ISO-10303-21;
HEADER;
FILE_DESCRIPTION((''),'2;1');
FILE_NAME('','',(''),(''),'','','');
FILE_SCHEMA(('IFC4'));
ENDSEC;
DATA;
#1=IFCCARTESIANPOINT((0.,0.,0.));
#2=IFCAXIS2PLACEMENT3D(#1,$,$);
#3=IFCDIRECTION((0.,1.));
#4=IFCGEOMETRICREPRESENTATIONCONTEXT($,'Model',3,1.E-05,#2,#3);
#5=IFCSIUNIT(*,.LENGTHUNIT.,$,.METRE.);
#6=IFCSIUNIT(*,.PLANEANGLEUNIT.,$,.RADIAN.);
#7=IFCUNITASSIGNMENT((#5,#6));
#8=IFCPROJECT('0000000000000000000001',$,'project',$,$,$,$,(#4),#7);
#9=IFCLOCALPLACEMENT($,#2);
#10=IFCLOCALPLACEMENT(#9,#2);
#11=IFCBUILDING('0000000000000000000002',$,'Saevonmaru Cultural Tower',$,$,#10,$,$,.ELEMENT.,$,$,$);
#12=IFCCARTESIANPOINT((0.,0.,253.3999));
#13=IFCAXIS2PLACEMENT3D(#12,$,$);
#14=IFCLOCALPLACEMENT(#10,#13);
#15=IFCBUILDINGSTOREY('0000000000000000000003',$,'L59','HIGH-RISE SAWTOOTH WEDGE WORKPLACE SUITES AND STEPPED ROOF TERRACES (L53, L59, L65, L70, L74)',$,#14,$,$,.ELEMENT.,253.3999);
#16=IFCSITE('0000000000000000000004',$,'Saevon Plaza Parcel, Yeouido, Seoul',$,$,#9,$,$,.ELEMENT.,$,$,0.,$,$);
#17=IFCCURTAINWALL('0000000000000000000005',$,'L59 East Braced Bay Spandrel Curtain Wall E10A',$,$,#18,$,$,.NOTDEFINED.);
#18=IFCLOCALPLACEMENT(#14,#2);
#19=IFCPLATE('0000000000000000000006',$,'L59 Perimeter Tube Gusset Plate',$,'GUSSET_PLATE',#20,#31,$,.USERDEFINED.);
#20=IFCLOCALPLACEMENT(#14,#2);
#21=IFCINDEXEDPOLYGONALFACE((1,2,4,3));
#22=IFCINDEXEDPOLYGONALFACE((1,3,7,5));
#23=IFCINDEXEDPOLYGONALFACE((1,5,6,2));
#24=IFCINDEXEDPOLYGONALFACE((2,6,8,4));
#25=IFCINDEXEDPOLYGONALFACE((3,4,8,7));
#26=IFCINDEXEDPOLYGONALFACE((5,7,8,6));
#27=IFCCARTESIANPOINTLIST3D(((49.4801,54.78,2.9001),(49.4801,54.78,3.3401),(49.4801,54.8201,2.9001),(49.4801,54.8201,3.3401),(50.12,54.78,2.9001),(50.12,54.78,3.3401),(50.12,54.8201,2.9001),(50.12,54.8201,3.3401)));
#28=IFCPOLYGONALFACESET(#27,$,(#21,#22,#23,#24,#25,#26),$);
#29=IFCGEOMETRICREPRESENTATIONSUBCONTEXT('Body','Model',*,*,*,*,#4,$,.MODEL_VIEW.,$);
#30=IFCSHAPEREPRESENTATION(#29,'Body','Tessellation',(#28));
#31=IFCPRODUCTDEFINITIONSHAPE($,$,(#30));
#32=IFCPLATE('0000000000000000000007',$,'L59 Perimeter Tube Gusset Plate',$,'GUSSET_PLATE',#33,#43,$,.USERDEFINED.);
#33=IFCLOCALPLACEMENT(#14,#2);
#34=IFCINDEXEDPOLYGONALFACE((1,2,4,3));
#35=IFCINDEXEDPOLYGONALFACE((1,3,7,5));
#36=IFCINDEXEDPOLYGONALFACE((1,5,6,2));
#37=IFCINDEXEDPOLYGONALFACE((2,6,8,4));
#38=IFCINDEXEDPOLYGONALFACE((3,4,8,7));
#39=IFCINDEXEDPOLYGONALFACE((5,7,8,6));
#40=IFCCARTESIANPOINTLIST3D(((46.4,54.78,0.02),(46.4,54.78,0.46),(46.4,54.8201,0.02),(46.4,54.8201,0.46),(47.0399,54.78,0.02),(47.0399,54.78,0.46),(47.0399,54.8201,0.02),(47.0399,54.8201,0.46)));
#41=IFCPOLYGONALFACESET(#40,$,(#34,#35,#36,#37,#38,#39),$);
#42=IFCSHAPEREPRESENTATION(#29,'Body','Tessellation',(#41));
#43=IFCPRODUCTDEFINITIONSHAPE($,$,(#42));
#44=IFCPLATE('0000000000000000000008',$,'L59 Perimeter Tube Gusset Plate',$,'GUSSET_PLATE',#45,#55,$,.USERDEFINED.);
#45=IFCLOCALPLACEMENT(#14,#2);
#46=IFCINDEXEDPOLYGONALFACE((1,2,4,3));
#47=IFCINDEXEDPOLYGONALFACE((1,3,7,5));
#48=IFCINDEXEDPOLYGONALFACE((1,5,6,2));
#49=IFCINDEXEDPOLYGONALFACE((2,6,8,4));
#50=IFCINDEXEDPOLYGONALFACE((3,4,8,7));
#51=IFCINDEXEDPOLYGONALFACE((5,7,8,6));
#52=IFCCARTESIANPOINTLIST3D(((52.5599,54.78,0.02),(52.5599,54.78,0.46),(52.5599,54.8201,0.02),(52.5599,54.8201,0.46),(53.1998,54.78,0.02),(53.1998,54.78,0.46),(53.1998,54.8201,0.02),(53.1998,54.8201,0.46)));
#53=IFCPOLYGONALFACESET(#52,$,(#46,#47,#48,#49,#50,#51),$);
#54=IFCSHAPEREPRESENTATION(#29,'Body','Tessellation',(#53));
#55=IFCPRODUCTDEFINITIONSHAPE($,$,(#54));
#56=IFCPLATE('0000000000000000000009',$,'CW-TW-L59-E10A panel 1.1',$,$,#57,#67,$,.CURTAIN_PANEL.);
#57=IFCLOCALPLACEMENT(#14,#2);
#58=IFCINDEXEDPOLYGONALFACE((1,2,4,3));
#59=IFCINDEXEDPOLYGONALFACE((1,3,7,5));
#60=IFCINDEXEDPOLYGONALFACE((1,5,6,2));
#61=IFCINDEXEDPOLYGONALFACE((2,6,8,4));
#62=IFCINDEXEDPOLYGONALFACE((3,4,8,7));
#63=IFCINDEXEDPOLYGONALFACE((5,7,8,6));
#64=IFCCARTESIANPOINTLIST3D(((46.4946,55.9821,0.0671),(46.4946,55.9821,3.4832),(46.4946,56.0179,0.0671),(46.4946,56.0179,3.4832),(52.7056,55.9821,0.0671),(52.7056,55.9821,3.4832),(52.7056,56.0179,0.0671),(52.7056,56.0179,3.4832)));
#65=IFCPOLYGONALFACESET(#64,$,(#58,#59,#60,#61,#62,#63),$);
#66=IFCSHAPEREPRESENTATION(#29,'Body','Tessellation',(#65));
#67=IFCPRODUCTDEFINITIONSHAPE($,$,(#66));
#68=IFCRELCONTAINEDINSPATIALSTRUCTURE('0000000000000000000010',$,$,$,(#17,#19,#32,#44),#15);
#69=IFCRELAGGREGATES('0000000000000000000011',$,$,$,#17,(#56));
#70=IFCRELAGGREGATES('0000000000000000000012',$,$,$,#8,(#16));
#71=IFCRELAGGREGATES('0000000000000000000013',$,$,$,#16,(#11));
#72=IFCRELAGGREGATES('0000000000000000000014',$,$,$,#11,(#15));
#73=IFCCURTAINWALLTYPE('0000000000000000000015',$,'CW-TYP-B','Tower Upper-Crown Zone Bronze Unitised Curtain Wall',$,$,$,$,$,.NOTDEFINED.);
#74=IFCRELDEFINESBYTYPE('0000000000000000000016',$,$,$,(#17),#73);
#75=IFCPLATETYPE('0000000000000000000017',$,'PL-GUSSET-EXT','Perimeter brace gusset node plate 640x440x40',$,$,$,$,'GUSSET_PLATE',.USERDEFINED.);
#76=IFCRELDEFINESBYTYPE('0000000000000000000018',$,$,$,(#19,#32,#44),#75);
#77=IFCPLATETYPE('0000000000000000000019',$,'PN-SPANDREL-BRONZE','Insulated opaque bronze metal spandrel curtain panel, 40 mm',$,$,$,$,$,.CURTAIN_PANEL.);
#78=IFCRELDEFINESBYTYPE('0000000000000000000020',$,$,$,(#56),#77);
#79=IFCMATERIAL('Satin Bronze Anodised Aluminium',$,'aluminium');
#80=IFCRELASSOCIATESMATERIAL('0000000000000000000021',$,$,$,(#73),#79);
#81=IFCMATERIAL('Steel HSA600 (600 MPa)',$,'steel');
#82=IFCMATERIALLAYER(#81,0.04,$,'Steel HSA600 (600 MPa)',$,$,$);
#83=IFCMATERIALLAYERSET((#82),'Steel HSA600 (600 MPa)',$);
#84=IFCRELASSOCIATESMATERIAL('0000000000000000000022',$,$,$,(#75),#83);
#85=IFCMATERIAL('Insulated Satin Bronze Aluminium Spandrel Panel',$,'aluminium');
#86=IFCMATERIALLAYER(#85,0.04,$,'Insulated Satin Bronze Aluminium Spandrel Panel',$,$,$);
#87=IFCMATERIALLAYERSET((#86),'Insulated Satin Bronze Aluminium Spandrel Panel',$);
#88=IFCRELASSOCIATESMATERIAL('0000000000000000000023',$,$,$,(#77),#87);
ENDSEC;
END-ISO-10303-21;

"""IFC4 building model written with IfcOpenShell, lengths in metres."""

from ifc_helpers import new_model, si_unit, direction, frame, origin, origin_2d, place, context, subcontext, project, spatial, rectangle, extrude, material, layer, layer_set, type_object, element, aggregate, save


model = new_model("IFC4")

# Units and contexts
model_context = context("Model", 3, precision=1e-05, world=origin(), true_north=direction((0.0, 1.0)))
body_context = subcontext(model_context, "Body", "Model", "MODEL_VIEW")
ifc_project = project(units=[si_unit("LENGTHUNIT", "METRE"), si_unit("PLANEANGLEUNIT", "RADIAN")], contexts=[model_context])

# Site, building, storey
site_placement = place(None, origin())
site = spatial("IfcSite", under=ifc_project, at=site_placement, Name="Saevon Plaza Parcel, Yeouido, Seoul", CompositionType="ELEMENT", RefElevation=0.0)
building_placement = place(site_placement, origin())
building = spatial("IfcBuilding", under=site, at=building_placement, Name="Saevonmaru Cultural Tower", CompositionType="ELEMENT")
storey_placement = place(building_placement, frame((0.0, 0.0, 253.3999)))
storey = spatial("IfcBuildingStorey", under=building, at=storey_placement, Name="L59", Description="HIGH-RISE SAWTOOTH WEDGE WORKPLACE SUITES AND STEPPED ROOF TERRACES (L53, L59, L65, L70, L74)", CompositionType="ELEMENT", Elevation=253.3999)

# Curtain wall
ifc_material_1 = material(Name="Satin Bronze Anodised Aluminium", Category="aluminium")
curtain_wall_type = type_object("IfcCurtainWallType", Name="CW-TYP-B", Description="Tower Upper-Crown Zone Bronze Unitised Curtain Wall", PredefinedType="NOTDEFINED", material=ifc_material_1)
curtain_wall_1_placement = place(storey_placement, origin())
curtain_wall_1 = element("IfcCurtainWall", 1, at=curtain_wall_1_placement, inside=storey, type_object=curtain_wall_type, Name="L59 East Braced Bay Spandrel Curtain Wall E10A", PredefinedType="NOTDEFINED")

# Plates
ifc_material_2 = material(Name="Steel HSA600 (600 MPa)", Category="steel")
ifc_layer_1 = layer(ifc_material_2, 0.04, Name="Steel HSA600 (600 MPa)")
ifc_layer_set_1 = layer_set([ifc_layer_1], Name="Steel HSA600 (600 MPa)")
plate_type_1 = type_object("IfcPlateType", Name="PL-GUSSET-EXT", Description="Perimeter brace gusset node plate 640x440x40", ElementType="GUSSET_PLATE", PredefinedType="USERDEFINED", material=ifc_layer_set_1)
for number, where, z_axis, x_axis, name in (
    (2, (49.8, 54.8, 2.9001), (0.0, 0.0, 1.0), (1.0, 0.0, 0.0), "L59 Perimeter Tube Gusset Plate"),
    (3, (46.72, 54.8, 0.02), (0.0, 0.0, 1.0), (1.0, 0.0, 0.0), "L59 Perimeter Tube Gusset Plate"),
    (4, (52.8799, 54.8, 0.02), (0.0, 0.0, 1.0), (1.0, 0.0, 0.0), "L59 Perimeter Tube Gusset Plate"),
):
    element("IfcPlate", number, at=place(storey_placement, frame(where, z_axis=z_axis, x_axis=x_axis)), inside=storey, type_object=plate_type_1, Name=name, ObjectType="GUSSET_PLATE", PredefinedType="USERDEFINED", context=body_context, shape_type="SweptSolid", body=[
        extrude(rectangle(XDim=0.6399, YDim=0.04, at=origin_2d()), origin(), (0.0, 0.0, 1.0), 0.4399),
    ])

# Plate
ifc_material_3 = material(Name="Insulated Satin Bronze Aluminium Spandrel Panel", Category="aluminium")
ifc_layer_2 = layer(ifc_material_3, 0.04, Name="Insulated Satin Bronze Aluminium Spandrel Panel")
ifc_layer_set_2 = layer_set([ifc_layer_2], Name="Insulated Satin Bronze Aluminium Spandrel Panel")
plate_type_2 = type_object("IfcPlateType", Name="PN-SPANDREL-BRONZE", Description="Insulated opaque bronze metal spandrel curtain panel, 40 mm", PredefinedType="CURTAIN_PANEL", material=ifc_layer_set_2)
plate_placement = place(storey_placement, frame((49.6001, 56.0, 0.0671), z_axis=(0.0, 0.0, 1.0), x_axis=(-1.0, 0.0, 0.0)))
plate = element("IfcPlate", 5, at=plate_placement, type_object=plate_type_2, Name="CW-TW-L59-E10A panel 1.1", PredefinedType="CURTAIN_PANEL", context=body_context, shape_type="SweptSolid", body=[
    extrude(rectangle(XDim=6.2109, YDim=0.0359, at=origin_2d()), origin(), (0.0, 0.0, 1.0), 3.416),
])
aggregate(curtain_wall_1, [plate])

save(model, "model.ifc")
